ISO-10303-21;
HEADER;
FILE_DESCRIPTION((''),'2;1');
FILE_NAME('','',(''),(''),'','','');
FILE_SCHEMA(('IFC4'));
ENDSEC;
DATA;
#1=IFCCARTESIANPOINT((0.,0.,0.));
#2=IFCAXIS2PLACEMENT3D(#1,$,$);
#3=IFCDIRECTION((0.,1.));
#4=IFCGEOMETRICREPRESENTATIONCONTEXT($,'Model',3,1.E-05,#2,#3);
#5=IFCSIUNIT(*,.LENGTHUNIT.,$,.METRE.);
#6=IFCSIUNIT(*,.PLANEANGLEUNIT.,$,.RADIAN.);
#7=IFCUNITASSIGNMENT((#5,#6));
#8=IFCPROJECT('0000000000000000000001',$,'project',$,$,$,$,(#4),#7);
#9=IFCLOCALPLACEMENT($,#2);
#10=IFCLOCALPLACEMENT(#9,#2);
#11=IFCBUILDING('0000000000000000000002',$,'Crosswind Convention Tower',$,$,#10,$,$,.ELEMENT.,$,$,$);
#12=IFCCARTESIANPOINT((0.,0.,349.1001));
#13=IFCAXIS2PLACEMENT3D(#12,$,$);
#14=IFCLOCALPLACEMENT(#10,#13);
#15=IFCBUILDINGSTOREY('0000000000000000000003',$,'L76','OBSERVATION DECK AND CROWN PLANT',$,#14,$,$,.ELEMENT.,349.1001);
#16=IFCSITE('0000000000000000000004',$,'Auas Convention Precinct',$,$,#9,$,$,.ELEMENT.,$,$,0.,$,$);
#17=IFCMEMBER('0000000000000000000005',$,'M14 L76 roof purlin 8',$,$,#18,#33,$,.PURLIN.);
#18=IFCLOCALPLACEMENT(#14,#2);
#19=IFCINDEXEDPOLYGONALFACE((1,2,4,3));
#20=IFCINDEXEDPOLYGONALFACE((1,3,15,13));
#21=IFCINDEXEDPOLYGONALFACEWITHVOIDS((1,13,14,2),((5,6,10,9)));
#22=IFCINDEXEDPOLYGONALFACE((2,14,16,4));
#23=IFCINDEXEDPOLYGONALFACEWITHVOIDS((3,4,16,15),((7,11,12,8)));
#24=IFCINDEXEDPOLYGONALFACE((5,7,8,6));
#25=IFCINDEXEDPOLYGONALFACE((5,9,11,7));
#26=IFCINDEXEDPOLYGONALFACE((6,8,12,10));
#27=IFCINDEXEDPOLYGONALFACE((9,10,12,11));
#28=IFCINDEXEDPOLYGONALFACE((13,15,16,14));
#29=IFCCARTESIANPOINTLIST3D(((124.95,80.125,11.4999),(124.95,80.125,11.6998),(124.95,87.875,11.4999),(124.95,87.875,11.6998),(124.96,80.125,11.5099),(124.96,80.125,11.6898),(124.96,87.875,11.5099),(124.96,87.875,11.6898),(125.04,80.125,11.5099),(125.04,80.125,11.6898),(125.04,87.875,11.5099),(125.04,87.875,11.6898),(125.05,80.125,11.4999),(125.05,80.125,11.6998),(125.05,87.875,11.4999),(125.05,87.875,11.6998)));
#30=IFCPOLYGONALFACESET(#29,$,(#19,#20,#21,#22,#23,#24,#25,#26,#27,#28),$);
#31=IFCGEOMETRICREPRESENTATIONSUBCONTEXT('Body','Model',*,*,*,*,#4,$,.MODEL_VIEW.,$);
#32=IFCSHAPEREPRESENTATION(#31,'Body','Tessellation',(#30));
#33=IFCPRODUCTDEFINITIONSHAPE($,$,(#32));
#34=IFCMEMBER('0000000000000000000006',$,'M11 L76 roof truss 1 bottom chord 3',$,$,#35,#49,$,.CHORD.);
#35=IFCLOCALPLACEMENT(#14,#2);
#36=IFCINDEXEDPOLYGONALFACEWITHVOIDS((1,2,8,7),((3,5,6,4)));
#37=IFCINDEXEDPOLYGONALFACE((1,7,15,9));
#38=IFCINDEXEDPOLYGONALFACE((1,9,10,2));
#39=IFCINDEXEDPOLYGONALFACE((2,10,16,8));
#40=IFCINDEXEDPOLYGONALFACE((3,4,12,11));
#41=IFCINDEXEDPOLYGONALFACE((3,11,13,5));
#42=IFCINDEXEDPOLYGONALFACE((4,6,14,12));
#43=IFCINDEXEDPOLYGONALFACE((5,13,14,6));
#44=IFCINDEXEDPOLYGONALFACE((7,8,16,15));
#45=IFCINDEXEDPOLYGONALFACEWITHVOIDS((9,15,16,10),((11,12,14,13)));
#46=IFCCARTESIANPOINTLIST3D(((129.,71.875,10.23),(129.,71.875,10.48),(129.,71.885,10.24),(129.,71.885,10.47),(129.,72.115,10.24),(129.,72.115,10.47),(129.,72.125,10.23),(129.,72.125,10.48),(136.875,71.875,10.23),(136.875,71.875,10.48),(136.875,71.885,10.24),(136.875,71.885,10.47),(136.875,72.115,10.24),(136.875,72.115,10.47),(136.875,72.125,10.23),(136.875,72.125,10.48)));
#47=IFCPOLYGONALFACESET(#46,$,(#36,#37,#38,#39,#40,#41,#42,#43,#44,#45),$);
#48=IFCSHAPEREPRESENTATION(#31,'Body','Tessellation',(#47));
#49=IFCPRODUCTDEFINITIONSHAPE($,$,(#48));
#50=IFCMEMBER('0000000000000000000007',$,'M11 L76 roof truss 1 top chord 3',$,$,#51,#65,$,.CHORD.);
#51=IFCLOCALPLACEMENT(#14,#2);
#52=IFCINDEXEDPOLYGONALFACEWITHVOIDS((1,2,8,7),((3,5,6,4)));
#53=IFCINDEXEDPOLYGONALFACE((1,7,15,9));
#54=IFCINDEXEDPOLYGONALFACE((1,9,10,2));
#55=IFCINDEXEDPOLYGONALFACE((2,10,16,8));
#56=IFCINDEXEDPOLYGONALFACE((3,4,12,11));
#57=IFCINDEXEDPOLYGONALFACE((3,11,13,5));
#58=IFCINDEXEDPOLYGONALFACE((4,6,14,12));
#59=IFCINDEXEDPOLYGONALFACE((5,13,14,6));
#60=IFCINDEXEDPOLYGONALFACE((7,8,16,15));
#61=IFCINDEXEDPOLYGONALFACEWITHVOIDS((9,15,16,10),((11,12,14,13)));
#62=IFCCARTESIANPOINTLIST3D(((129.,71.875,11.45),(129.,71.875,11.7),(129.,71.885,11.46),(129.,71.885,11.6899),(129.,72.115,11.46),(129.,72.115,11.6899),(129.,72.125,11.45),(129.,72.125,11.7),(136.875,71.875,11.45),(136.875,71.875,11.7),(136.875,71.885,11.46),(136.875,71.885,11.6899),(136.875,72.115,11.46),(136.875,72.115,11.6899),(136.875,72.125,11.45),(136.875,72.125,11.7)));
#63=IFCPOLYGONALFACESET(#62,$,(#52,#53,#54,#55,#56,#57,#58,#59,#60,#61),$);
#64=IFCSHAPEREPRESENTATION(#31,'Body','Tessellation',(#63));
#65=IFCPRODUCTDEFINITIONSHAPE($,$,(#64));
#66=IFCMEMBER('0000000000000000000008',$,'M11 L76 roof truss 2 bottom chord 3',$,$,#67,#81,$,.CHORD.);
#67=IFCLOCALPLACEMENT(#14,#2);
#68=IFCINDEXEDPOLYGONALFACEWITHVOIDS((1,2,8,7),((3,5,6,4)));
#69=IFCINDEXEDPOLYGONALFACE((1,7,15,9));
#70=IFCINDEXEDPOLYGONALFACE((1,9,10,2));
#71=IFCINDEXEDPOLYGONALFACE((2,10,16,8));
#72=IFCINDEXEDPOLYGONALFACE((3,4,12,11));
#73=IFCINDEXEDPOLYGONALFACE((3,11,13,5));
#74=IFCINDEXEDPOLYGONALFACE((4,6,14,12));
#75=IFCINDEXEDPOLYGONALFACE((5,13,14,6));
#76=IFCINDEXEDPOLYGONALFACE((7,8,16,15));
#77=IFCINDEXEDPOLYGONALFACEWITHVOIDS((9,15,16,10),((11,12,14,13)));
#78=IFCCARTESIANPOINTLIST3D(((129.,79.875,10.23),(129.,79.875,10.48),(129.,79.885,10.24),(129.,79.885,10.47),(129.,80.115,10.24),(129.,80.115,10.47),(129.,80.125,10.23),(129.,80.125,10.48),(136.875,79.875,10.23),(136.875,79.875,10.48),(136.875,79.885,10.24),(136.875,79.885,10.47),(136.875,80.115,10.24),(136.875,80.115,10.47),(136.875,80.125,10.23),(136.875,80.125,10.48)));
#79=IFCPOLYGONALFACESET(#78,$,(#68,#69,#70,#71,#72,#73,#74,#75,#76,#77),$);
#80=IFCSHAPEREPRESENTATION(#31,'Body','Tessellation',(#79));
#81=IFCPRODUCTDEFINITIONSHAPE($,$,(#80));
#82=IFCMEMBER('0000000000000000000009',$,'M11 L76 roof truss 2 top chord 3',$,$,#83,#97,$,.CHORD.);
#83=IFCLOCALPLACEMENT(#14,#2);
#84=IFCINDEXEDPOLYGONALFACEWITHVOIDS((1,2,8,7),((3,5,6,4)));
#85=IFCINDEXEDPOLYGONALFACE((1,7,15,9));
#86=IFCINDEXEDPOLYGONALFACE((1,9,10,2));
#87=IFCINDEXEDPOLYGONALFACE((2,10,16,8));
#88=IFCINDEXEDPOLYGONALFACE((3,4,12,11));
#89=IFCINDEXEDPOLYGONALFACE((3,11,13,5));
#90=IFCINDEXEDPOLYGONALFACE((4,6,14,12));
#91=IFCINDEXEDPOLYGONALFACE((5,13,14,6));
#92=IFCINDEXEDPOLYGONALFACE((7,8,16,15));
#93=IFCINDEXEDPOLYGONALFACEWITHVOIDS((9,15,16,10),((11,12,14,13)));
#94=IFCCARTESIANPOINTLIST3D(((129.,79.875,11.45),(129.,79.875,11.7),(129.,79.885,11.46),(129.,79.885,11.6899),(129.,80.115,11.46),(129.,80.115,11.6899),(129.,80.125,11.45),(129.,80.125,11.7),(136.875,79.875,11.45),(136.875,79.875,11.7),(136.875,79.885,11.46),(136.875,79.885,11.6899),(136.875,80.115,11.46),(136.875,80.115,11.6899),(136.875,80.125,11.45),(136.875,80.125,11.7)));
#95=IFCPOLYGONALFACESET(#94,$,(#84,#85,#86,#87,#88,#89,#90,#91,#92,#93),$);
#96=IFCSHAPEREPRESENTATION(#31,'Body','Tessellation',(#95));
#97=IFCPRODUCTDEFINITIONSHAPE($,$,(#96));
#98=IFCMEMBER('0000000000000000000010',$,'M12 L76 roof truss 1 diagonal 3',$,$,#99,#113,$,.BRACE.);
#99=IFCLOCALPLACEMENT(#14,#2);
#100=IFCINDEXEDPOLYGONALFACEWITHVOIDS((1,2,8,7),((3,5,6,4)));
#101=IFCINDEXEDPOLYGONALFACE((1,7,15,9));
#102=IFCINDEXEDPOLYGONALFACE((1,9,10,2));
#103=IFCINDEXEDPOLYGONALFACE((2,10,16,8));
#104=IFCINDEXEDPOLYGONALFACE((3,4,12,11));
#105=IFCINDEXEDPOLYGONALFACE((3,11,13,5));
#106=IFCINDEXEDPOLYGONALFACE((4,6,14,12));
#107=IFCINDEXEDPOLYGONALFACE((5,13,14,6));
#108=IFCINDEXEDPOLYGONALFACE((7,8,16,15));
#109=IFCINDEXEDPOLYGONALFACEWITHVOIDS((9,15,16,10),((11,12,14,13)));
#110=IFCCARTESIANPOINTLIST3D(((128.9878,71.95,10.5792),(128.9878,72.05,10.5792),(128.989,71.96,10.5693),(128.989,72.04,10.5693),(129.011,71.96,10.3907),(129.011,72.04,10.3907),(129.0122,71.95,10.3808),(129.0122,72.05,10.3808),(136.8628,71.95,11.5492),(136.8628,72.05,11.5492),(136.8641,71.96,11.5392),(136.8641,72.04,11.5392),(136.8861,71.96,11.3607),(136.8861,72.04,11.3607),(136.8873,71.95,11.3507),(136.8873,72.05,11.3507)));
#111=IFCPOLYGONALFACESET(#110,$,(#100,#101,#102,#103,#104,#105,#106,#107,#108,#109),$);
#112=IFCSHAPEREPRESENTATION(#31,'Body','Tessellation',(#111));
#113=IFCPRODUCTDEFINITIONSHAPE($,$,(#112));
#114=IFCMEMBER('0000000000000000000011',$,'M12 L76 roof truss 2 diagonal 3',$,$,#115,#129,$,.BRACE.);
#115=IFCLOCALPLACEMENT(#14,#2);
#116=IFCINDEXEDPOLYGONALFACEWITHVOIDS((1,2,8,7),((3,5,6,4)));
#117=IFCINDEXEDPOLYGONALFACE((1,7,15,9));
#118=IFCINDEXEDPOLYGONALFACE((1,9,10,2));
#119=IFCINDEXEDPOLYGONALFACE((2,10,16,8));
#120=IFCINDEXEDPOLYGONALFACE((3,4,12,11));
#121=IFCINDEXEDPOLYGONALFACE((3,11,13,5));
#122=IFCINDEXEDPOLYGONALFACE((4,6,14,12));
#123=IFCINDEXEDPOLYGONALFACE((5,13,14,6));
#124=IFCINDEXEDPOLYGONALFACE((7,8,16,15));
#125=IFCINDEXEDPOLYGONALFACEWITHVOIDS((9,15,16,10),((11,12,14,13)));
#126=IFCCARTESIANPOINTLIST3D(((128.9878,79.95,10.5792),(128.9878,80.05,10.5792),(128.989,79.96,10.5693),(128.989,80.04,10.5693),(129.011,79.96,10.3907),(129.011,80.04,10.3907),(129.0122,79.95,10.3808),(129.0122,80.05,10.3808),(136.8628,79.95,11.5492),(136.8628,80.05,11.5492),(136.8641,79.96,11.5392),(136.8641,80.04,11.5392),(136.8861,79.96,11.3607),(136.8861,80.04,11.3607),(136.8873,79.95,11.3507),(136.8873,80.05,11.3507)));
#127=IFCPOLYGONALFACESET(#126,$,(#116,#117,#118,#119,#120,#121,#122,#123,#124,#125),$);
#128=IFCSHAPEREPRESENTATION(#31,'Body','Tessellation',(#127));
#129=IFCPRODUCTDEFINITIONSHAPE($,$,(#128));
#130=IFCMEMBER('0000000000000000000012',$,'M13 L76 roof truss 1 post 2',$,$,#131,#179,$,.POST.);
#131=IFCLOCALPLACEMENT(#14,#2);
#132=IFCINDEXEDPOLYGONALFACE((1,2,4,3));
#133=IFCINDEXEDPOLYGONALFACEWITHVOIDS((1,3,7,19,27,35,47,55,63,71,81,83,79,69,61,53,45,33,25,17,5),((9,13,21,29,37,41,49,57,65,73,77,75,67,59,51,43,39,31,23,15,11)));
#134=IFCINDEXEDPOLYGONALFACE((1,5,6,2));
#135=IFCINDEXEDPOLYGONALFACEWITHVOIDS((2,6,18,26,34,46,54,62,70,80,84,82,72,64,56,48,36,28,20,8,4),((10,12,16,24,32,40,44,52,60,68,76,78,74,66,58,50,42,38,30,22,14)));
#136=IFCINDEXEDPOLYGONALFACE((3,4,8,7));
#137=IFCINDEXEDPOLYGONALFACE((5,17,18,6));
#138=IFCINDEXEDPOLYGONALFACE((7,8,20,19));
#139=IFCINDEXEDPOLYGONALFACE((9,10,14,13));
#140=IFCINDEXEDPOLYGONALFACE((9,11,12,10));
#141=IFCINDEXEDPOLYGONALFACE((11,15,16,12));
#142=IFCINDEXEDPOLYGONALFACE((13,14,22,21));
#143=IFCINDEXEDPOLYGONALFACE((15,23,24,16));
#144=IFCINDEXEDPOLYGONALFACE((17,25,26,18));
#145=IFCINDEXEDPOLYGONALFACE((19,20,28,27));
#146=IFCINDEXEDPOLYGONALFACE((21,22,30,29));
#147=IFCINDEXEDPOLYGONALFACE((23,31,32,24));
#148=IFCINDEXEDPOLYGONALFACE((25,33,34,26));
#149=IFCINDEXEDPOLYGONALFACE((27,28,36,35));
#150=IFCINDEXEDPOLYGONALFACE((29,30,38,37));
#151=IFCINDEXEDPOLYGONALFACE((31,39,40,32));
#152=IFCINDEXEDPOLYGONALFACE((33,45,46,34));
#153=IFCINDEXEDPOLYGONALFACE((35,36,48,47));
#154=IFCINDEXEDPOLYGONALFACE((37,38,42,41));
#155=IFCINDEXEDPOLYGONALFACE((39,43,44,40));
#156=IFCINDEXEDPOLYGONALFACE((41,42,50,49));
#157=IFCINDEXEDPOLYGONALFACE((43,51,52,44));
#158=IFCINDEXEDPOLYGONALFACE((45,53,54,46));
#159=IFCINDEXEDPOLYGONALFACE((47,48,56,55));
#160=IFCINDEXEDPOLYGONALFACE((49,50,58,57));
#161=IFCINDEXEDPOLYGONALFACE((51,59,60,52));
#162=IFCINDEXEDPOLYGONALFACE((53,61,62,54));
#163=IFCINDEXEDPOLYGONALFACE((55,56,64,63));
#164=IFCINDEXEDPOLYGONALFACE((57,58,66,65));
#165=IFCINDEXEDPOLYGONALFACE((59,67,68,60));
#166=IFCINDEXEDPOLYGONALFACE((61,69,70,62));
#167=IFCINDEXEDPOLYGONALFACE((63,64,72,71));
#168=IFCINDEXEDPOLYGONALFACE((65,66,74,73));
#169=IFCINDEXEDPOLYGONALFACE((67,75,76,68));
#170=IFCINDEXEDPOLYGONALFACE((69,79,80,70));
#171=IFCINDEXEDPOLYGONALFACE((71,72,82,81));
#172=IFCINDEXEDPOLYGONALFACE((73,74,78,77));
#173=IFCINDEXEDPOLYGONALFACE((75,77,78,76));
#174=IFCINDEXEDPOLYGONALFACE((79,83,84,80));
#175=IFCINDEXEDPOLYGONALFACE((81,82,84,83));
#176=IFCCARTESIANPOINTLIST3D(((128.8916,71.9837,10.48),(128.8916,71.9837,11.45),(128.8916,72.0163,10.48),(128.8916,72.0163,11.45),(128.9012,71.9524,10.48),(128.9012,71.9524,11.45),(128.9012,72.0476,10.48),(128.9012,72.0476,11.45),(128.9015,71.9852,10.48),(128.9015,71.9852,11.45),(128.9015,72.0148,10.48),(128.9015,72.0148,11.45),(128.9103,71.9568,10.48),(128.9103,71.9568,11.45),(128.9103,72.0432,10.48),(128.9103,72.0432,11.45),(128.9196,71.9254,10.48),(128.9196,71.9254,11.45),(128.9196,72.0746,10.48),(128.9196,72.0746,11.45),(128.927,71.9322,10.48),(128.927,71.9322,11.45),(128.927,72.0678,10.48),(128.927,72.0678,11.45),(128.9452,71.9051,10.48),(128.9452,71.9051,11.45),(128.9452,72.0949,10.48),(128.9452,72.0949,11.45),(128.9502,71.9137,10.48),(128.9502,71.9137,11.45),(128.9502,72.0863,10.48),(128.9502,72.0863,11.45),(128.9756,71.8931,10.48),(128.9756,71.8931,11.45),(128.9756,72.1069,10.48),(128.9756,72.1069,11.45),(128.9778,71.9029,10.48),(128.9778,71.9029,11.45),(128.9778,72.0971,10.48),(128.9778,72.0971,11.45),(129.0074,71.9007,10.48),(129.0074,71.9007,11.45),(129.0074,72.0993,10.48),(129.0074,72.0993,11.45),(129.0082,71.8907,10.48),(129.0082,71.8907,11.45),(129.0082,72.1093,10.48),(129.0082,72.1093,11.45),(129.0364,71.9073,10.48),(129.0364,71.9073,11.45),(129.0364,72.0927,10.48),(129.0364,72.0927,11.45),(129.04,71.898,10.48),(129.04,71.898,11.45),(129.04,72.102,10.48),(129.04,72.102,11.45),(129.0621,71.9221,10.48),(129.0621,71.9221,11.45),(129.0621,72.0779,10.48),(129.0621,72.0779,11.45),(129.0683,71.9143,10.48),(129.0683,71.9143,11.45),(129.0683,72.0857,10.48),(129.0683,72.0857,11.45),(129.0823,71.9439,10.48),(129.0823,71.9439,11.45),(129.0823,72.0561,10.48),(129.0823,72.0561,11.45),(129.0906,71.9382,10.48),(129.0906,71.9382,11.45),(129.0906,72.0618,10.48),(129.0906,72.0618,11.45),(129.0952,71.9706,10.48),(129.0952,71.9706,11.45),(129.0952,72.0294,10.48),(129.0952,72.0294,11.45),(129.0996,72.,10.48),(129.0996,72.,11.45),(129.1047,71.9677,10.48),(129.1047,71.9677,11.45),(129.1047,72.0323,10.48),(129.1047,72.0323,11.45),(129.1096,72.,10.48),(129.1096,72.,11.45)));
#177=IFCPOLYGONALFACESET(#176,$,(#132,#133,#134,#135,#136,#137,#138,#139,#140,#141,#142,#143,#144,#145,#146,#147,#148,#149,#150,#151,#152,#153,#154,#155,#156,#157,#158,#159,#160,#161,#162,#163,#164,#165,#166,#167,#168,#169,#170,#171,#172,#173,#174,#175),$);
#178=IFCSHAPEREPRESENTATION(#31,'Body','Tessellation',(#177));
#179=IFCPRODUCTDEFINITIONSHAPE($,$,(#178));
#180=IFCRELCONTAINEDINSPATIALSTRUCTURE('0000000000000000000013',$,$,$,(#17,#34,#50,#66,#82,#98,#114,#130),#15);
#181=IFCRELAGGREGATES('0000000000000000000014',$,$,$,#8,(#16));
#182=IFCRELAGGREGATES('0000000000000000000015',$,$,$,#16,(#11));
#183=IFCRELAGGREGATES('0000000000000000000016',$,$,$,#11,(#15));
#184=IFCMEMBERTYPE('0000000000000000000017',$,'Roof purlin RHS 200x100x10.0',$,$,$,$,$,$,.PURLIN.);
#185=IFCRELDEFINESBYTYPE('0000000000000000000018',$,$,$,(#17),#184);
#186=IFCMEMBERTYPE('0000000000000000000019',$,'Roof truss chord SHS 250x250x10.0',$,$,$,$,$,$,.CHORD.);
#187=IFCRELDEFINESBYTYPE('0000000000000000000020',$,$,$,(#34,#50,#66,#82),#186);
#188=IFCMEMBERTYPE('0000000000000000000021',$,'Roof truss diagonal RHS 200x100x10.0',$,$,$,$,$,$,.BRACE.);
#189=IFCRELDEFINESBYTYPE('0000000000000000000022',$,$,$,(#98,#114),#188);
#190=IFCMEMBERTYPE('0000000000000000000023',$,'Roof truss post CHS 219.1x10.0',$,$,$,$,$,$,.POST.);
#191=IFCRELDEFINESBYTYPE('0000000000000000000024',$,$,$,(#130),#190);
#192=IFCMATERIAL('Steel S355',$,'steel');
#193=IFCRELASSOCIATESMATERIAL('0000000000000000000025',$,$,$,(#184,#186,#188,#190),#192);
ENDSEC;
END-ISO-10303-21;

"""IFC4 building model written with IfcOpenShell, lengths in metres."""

from ifc_helpers import new_model, si_unit, direction, frame, origin, origin_2d, place, context, subcontext, project, spatial, hollow_rectangle, hollow_circle, extrude, material, material_profile, profile_set, type_object, element, save


model = new_model("IFC4")

# Units and contexts
model_context = context("Model", 3, precision=1e-05, world=origin(), true_north=direction((0.0, 1.0)))
body_context = subcontext(model_context, "Body", "Model", "MODEL_VIEW")
ifc_project = project(units=[si_unit("LENGTHUNIT", "METRE"), si_unit("PLANEANGLEUNIT", "RADIAN")], contexts=[model_context])

# Site, building, storey
site_placement = place(None, origin())
site = spatial("IfcSite", under=ifc_project, at=site_placement, Name="Auas Convention Precinct", CompositionType="ELEMENT", RefElevation=0.0)
building_placement = place(site_placement, origin())
building = spatial("IfcBuilding", under=site, at=building_placement, Name="Crosswind Convention Tower", CompositionType="ELEMENT")
storey_placement = place(building_placement, frame((0.0, 0.0, 349.1001)))
storey = spatial("IfcBuildingStorey", under=building, at=storey_placement, Name="L76", Description="OBSERVATION DECK AND CROWN PLANT", CompositionType="ELEMENT", Elevation=349.1001)

# Shared definitions
ifc_material_1 = material(Name="Steel S355", Category="steel")

# Members
ifc_material_profile_1 = material_profile(ifc_material_1, hollow_rectangle(XDim=0.1001, YDim=0.2, WallThickness=0.01, at=origin_2d()), Name="RHS 200x100x10.0")
ifc_profile_set_1 = profile_set([ifc_material_profile_1], Name="Steel S355")
member_type_1 = type_object("IfcMemberType", Name="Roof purlin RHS 200x100x10.0", PredefinedType="PURLIN", material=ifc_profile_set_1)
for number, where, z_axis, x_axis, name in (
    (1, (125.0, 80.125, 11.5999), (0.0, 1.0, 0.0), (-1.0, 0.0, 0.0), "M14 L76 roof purlin 8"),
):
    element("IfcMember", number, at=place(storey_placement, frame(where, z_axis=z_axis, x_axis=x_axis)), inside=storey, type_object=member_type_1, Name=name, PredefinedType="PURLIN", context=body_context, shape_type="SweptSolid", body=[
        extrude(hollow_rectangle(XDim=0.1001, YDim=0.2, WallThickness=0.01, at=origin_2d()), origin(), (0.0, 0.0, 1.0), 7.75),
    ])
ifc_material_profile_2 = material_profile(ifc_material_1, hollow_rectangle(XDim=0.25, YDim=0.25, WallThickness=0.01, at=origin_2d()), Name="SHS 250x250x10.0")
ifc_profile_set_2 = profile_set([ifc_material_profile_2], Name="Steel S355")
member_type_2 = type_object("IfcMemberType", Name="Roof truss chord SHS 250x250x10.0", PredefinedType="CHORD", material=ifc_profile_set_2)
for number, where, z_axis, x_axis, name in (
    (2, (129.0, 72.0, 10.355), (1.0, 0.0, 0.0), (0.0, 1.0, 0.0), "M11 L76 roof truss 1 bottom chord 3"),
    (3, (129.0, 72.0, 11.575), (1.0, 0.0, 0.0), (0.0, 1.0, 0.0), "M11 L76 roof truss 1 top chord 3"),
    (4, (129.0, 80.0, 10.355), (1.0, 0.0, 0.0), (0.0, 1.0, 0.0), "M11 L76 roof truss 2 bottom chord 3"),
    (5, (129.0, 80.0, 11.575), (1.0, 0.0, 0.0), (0.0, 1.0, 0.0), "M11 L76 roof truss 2 top chord 3"),
):
    element("IfcMember", number, at=place(storey_placement, frame(where, z_axis=z_axis, x_axis=x_axis)), inside=storey, type_object=member_type_2, Name=name, PredefinedType="CHORD", context=body_context, shape_type="SweptSolid", body=[
        extrude(hollow_rectangle(XDim=0.25, YDim=0.25, WallThickness=0.01, at=origin_2d()), origin(), (0.0, 0.0, 1.0), 7.875),
    ])
ifc_material_profile_3 = material_profile(ifc_material_1, hollow_rectangle(XDim=0.1001, YDim=0.2, WallThickness=0.01, at=origin_2d()), Name="RHS 200x100x10.0")
ifc_profile_set_3 = profile_set([ifc_material_profile_3], Name="Steel S355")
member_type_3 = type_object("IfcMemberType", Name="Roof truss diagonal RHS 200x100x10.0", PredefinedType="BRACE", material=ifc_profile_set_3)
for number, where, z_axis, x_axis, name in (
    (6, (129.0, 72.0, 10.48), (0.9925, 0.0, 0.122247), (0.0, 1.0, 0.0), "M12 L76 roof truss 1 diagonal 3"),
    (7, (129.0, 80.0, 10.48), (0.9925, 0.0, 0.122247), (0.0, 1.0, 0.0), "M12 L76 roof truss 2 diagonal 3"),
):
    element("IfcMember", number, at=place(storey_placement, frame(where, z_axis=z_axis, x_axis=x_axis)), inside=storey, type_object=member_type_3, Name=name, PredefinedType="BRACE", context=body_context, shape_type="SweptSolid", body=[
        extrude(hollow_rectangle(XDim=0.1001, YDim=0.2, WallThickness=0.01, at=origin_2d()), origin(), (0.0, 0.0, 1.0), 7.9346),
    ])
ifc_material_profile_4 = material_profile(ifc_material_1, hollow_circle(Radius=0.1096, WallThickness=0.01, at=origin_2d()), Name="CHS 219.1x10.0")
ifc_profile_set_4 = profile_set([ifc_material_profile_4], Name="Steel S355")
member_type_4 = type_object("IfcMemberType", Name="Roof truss post CHS 219.1x10.0", PredefinedType="POST", material=ifc_profile_set_4)
for number, where, z_axis, x_axis, name in (
    (8, (129.0, 72.0, 10.48), (0.0, 0.0, 1.0), (1.0, 0.0, 0.0), "M13 L76 roof truss 1 post 2"),
):
    element("IfcMember", number, at=place(storey_placement, frame(where, z_axis=z_axis, x_axis=x_axis)), inside=storey, type_object=member_type_4, Name=name, PredefinedType="POST", context=body_context, shape_type="SweptSolid", body=[
        extrude(hollow_circle(Radius=0.1096, WallThickness=0.01, at=origin_2d()), origin(), (0.0, 0.0, 1.0), 0.97),
    ])

save(model, "model.ifc")
